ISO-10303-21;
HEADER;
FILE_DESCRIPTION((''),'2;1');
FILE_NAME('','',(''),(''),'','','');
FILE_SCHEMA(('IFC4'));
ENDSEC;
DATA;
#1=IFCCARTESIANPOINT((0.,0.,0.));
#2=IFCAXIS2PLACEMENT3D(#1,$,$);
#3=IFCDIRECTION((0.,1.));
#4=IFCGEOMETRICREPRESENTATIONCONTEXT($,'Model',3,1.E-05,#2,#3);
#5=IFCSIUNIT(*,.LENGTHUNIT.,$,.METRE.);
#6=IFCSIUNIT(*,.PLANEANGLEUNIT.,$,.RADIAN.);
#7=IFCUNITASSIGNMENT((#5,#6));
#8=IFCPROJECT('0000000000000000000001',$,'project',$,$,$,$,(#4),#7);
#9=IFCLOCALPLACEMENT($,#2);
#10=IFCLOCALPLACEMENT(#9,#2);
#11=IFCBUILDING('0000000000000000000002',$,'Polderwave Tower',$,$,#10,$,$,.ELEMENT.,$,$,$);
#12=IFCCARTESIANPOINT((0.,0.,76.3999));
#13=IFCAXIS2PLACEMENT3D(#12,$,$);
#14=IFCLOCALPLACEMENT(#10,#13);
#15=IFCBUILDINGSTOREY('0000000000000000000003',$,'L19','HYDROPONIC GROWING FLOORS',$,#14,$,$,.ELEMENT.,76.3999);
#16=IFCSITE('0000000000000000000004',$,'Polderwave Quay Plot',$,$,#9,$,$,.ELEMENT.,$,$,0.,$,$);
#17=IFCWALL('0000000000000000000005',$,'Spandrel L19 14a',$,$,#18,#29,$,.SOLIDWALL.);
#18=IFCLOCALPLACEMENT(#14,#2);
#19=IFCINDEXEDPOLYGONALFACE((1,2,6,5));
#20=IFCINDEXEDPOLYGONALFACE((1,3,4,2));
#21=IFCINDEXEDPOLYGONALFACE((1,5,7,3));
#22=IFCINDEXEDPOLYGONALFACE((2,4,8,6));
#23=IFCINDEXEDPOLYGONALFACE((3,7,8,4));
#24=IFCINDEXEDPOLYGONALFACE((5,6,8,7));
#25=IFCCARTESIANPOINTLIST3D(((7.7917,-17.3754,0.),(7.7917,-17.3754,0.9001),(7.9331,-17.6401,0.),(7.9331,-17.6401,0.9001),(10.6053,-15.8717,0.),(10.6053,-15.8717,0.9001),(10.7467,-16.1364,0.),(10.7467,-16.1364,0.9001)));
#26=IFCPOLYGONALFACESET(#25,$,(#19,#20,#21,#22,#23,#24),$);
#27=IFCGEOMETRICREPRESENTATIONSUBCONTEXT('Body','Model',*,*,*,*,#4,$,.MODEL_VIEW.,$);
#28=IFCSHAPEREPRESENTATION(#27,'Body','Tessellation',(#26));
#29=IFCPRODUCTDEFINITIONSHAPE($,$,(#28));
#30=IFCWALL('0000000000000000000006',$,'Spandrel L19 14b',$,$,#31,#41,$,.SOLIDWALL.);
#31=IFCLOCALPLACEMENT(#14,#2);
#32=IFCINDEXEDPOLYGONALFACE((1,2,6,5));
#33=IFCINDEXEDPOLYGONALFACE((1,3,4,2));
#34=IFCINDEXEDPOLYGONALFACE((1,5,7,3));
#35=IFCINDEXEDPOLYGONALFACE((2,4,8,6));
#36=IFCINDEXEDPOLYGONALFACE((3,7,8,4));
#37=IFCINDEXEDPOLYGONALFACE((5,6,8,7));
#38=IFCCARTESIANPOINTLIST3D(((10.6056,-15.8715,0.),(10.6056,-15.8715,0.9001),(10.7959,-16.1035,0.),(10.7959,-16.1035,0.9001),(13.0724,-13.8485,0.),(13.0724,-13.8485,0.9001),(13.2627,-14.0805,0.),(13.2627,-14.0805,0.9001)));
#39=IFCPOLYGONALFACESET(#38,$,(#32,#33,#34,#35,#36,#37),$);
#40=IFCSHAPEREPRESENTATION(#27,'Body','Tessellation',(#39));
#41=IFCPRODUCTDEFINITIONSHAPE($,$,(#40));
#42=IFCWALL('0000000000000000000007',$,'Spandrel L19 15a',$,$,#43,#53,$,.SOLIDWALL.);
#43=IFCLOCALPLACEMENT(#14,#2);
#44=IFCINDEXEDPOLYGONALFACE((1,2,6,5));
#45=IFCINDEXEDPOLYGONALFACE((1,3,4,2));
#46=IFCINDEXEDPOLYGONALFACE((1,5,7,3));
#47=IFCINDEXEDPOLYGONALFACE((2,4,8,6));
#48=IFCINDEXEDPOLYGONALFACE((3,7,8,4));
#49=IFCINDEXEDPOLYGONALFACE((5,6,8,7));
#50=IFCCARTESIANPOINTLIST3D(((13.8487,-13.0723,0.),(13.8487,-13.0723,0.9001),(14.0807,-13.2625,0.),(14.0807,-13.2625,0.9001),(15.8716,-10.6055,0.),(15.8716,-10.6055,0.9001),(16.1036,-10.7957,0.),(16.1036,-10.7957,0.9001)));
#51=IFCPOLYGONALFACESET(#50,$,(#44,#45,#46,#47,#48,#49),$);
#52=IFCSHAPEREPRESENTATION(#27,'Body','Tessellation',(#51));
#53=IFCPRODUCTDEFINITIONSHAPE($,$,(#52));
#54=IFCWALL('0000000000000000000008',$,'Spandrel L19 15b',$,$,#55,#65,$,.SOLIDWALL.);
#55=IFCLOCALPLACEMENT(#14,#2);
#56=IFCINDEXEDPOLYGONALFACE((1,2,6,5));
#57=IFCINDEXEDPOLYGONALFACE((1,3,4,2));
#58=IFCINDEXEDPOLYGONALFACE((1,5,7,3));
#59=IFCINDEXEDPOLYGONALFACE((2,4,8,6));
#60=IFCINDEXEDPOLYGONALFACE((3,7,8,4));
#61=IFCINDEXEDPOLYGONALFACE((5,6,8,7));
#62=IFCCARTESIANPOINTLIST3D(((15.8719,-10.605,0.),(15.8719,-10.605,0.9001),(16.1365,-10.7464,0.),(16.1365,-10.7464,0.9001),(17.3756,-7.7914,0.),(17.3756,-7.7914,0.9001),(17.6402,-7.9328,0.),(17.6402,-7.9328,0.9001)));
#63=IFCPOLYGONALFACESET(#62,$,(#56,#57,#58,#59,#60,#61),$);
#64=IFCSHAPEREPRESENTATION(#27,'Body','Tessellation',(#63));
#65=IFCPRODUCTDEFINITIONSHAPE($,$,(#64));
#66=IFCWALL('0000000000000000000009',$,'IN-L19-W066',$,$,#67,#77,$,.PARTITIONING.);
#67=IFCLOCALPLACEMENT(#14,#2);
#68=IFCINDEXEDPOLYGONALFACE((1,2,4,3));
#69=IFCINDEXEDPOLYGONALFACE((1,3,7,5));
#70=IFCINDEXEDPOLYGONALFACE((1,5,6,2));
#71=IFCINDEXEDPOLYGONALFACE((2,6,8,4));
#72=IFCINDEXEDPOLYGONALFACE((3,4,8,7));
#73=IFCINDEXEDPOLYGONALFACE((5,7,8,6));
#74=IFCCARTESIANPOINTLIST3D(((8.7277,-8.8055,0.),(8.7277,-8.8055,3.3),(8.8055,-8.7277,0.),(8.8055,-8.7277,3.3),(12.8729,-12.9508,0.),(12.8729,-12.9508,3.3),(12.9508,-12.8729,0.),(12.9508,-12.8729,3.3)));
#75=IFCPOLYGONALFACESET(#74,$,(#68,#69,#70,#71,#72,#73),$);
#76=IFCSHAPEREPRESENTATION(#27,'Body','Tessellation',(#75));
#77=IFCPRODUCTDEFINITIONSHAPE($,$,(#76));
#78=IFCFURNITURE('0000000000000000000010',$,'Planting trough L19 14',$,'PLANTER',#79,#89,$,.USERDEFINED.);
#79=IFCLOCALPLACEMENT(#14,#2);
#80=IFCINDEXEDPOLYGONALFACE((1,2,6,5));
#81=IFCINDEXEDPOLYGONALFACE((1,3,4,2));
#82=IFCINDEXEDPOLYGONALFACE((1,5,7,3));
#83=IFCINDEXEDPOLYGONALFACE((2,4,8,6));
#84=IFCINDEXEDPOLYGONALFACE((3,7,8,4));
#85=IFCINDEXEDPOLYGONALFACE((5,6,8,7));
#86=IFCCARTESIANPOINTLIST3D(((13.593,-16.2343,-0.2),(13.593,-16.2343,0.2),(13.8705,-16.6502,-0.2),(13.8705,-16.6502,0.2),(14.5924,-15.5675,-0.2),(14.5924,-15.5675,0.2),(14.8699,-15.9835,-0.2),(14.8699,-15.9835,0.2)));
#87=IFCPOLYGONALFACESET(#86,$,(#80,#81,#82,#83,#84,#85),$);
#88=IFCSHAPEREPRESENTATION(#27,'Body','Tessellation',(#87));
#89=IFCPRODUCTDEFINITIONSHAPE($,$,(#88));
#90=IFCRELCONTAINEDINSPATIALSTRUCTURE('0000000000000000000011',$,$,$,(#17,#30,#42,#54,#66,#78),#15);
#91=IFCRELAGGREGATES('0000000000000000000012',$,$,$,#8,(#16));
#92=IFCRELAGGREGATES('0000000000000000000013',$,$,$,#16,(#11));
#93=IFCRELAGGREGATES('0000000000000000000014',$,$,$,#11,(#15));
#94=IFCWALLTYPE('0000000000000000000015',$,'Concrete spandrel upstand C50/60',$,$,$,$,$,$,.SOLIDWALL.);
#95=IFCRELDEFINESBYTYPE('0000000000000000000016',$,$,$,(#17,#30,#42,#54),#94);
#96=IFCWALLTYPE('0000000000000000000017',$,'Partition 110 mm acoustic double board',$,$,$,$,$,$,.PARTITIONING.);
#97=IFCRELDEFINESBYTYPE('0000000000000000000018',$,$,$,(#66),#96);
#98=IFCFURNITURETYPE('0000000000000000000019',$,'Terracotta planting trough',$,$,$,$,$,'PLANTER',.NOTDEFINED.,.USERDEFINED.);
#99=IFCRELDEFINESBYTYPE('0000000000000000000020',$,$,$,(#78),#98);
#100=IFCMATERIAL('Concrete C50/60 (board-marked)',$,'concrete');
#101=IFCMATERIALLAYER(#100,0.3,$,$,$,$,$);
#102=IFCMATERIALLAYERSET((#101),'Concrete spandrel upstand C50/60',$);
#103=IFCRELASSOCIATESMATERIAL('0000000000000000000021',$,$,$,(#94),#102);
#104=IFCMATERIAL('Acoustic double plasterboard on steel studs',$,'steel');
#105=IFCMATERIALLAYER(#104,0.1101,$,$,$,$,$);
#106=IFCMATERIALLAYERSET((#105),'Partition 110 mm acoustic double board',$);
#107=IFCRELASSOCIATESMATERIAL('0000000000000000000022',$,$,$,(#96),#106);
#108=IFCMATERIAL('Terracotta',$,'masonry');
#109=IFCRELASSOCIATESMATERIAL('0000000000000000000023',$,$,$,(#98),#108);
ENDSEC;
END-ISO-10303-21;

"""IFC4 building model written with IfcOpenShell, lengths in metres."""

from ifc_helpers import new_model, si_unit, direction, frame, frame_2d, origin, origin_2d, place, context, subcontext, project, spatial, rectangle, extrude, material, layer, layer_set, type_object, element, save


model = new_model("IFC4")

# Units and contexts
model_context = context("Model", 3, precision=1e-05, world=origin(), true_north=direction((0.0, 1.0)))
body_context = subcontext(model_context, "Body", "Model", "MODEL_VIEW")
ifc_project = project(units=[si_unit("LENGTHUNIT", "METRE"), si_unit("PLANEANGLEUNIT", "RADIAN")], contexts=[model_context])

# Site, building, storey
site_placement = place(None, origin())
site = spatial("IfcSite", under=ifc_project, at=site_placement, Name="Polderwave Quay Plot", CompositionType="ELEMENT", RefElevation=0.0)
building_placement = place(site_placement, origin())
building = spatial("IfcBuilding", under=site, at=building_placement, Name="Polderwave Tower", CompositionType="ELEMENT")
storey_placement = place(building_placement, frame((0.0, 0.0, 76.3999)))
storey = spatial("IfcBuildingStorey", under=building, at=storey_placement, Name="L19", Description="HYDROPONIC GROWING FLOORS", CompositionType="ELEMENT", Elevation=76.3999)

# Walls
ifc_material_1 = material(Name="Concrete C50/60 (board-marked)", Category="concrete")
ifc_layer_1 = layer(ifc_material_1, 0.3)
ifc_layer_set_1 = layer_set([ifc_layer_1], Name="Concrete spandrel upstand C50/60")
wall_type_1 = type_object("IfcWallType", Name="Concrete spandrel upstand C50/60", PredefinedType="SOLIDWALL", material=ifc_layer_set_1)
for number, where, z_axis, x_axis, name in (
    (1, (7.8623, -17.5078, 0.0), (0.0, 0.0, 1.0), (0.881944, 0.471355, 0.0), "Spandrel L19 14a"),
    (2, (10.7007, -15.9875, 0.0), (0.0, 0.0, 1.0), (0.773241, 0.634113, 0.0), "Spandrel L19 14b"),
    (3, (13.9646, -13.1675, 0.0), (0.0, 0.0, 1.0), (0.634113, 0.773241, 0.0), "Spandrel L19 15a"),
    (4, (16.0042, -10.6758, 0.0), (0.0, 0.0, 1.0), (0.471355, 0.881944, 0.0), "Spandrel L19 15b"),
):
    element("IfcWall", number, at=place(storey_placement, frame(where, z_axis=z_axis, x_axis=x_axis)), inside=storey, type_object=wall_type_1, Name=name, PredefinedType="SOLIDWALL", context=body_context, shape_type="SweptSolid", body=[
        extrude(rectangle(XDim=3.1902, YDim=0.3, at=frame_2d((1.5952, 0.0))), origin(), (0.0, 0.0, 1.0), 0.9001),
    ])
ifc_material_2 = material(Name="Acoustic double plasterboard on steel studs", Category="steel")
ifc_layer_2 = layer(ifc_material_2, 0.1101)
ifc_layer_set_2 = layer_set([ifc_layer_2], Name="Partition 110 mm acoustic double board")
wall_type_2 = type_object("IfcWallType", Name="Partition 110 mm acoustic double board", PredefinedType="PARTITIONING", material=ifc_layer_set_2)
wall_placement = place(storey_placement, frame((8.7666, -8.7666, 0.0), z_axis=(0.0, 0.0, 1.0), x_axis=(0.707107, -0.707107, 0.0)))
element("IfcWall", 5, at=wall_placement, inside=storey, type_object=wall_type_2, Name="IN-L19-W066", PredefinedType="PARTITIONING", context=body_context, shape_type="SweptSolid", body=[
    extrude(rectangle(XDim=5.8623, YDim=0.1101, at=frame_2d((2.9312, 0.0))), origin(), (0.0, 0.0, 1.0), 3.3),
])

# Furniture
ifc_material_3 = material(Name="Terracotta", Category="masonry")
furniture_type = type_object("IfcFurnitureType", Name="Terracotta planting trough", ElementType="PLANTER", AssemblyPlace="NOTDEFINED", PredefinedType="USERDEFINED", material=ifc_material_3)
furniture_placement = place(storey_placement, frame((14.2314, -16.1089, -0.2), z_axis=(0.0, 0.0, 1.0), x_axis=(0.831863, 0.554981, 0.0)))
element("IfcFurniture", 6, at=furniture_placement, inside=storey, type_object=furniture_type, Name="Planting trough L19 14", ObjectType="PLANTER", PredefinedType="USERDEFINED", context=body_context, shape_type="SweptSolid", body=[
    extrude(rectangle(XDim=1.2014, YDim=0.5, at=origin_2d()), origin(), (0.0, 0.0, 1.0), 0.3999),
])

save(model, "model.ifc")
